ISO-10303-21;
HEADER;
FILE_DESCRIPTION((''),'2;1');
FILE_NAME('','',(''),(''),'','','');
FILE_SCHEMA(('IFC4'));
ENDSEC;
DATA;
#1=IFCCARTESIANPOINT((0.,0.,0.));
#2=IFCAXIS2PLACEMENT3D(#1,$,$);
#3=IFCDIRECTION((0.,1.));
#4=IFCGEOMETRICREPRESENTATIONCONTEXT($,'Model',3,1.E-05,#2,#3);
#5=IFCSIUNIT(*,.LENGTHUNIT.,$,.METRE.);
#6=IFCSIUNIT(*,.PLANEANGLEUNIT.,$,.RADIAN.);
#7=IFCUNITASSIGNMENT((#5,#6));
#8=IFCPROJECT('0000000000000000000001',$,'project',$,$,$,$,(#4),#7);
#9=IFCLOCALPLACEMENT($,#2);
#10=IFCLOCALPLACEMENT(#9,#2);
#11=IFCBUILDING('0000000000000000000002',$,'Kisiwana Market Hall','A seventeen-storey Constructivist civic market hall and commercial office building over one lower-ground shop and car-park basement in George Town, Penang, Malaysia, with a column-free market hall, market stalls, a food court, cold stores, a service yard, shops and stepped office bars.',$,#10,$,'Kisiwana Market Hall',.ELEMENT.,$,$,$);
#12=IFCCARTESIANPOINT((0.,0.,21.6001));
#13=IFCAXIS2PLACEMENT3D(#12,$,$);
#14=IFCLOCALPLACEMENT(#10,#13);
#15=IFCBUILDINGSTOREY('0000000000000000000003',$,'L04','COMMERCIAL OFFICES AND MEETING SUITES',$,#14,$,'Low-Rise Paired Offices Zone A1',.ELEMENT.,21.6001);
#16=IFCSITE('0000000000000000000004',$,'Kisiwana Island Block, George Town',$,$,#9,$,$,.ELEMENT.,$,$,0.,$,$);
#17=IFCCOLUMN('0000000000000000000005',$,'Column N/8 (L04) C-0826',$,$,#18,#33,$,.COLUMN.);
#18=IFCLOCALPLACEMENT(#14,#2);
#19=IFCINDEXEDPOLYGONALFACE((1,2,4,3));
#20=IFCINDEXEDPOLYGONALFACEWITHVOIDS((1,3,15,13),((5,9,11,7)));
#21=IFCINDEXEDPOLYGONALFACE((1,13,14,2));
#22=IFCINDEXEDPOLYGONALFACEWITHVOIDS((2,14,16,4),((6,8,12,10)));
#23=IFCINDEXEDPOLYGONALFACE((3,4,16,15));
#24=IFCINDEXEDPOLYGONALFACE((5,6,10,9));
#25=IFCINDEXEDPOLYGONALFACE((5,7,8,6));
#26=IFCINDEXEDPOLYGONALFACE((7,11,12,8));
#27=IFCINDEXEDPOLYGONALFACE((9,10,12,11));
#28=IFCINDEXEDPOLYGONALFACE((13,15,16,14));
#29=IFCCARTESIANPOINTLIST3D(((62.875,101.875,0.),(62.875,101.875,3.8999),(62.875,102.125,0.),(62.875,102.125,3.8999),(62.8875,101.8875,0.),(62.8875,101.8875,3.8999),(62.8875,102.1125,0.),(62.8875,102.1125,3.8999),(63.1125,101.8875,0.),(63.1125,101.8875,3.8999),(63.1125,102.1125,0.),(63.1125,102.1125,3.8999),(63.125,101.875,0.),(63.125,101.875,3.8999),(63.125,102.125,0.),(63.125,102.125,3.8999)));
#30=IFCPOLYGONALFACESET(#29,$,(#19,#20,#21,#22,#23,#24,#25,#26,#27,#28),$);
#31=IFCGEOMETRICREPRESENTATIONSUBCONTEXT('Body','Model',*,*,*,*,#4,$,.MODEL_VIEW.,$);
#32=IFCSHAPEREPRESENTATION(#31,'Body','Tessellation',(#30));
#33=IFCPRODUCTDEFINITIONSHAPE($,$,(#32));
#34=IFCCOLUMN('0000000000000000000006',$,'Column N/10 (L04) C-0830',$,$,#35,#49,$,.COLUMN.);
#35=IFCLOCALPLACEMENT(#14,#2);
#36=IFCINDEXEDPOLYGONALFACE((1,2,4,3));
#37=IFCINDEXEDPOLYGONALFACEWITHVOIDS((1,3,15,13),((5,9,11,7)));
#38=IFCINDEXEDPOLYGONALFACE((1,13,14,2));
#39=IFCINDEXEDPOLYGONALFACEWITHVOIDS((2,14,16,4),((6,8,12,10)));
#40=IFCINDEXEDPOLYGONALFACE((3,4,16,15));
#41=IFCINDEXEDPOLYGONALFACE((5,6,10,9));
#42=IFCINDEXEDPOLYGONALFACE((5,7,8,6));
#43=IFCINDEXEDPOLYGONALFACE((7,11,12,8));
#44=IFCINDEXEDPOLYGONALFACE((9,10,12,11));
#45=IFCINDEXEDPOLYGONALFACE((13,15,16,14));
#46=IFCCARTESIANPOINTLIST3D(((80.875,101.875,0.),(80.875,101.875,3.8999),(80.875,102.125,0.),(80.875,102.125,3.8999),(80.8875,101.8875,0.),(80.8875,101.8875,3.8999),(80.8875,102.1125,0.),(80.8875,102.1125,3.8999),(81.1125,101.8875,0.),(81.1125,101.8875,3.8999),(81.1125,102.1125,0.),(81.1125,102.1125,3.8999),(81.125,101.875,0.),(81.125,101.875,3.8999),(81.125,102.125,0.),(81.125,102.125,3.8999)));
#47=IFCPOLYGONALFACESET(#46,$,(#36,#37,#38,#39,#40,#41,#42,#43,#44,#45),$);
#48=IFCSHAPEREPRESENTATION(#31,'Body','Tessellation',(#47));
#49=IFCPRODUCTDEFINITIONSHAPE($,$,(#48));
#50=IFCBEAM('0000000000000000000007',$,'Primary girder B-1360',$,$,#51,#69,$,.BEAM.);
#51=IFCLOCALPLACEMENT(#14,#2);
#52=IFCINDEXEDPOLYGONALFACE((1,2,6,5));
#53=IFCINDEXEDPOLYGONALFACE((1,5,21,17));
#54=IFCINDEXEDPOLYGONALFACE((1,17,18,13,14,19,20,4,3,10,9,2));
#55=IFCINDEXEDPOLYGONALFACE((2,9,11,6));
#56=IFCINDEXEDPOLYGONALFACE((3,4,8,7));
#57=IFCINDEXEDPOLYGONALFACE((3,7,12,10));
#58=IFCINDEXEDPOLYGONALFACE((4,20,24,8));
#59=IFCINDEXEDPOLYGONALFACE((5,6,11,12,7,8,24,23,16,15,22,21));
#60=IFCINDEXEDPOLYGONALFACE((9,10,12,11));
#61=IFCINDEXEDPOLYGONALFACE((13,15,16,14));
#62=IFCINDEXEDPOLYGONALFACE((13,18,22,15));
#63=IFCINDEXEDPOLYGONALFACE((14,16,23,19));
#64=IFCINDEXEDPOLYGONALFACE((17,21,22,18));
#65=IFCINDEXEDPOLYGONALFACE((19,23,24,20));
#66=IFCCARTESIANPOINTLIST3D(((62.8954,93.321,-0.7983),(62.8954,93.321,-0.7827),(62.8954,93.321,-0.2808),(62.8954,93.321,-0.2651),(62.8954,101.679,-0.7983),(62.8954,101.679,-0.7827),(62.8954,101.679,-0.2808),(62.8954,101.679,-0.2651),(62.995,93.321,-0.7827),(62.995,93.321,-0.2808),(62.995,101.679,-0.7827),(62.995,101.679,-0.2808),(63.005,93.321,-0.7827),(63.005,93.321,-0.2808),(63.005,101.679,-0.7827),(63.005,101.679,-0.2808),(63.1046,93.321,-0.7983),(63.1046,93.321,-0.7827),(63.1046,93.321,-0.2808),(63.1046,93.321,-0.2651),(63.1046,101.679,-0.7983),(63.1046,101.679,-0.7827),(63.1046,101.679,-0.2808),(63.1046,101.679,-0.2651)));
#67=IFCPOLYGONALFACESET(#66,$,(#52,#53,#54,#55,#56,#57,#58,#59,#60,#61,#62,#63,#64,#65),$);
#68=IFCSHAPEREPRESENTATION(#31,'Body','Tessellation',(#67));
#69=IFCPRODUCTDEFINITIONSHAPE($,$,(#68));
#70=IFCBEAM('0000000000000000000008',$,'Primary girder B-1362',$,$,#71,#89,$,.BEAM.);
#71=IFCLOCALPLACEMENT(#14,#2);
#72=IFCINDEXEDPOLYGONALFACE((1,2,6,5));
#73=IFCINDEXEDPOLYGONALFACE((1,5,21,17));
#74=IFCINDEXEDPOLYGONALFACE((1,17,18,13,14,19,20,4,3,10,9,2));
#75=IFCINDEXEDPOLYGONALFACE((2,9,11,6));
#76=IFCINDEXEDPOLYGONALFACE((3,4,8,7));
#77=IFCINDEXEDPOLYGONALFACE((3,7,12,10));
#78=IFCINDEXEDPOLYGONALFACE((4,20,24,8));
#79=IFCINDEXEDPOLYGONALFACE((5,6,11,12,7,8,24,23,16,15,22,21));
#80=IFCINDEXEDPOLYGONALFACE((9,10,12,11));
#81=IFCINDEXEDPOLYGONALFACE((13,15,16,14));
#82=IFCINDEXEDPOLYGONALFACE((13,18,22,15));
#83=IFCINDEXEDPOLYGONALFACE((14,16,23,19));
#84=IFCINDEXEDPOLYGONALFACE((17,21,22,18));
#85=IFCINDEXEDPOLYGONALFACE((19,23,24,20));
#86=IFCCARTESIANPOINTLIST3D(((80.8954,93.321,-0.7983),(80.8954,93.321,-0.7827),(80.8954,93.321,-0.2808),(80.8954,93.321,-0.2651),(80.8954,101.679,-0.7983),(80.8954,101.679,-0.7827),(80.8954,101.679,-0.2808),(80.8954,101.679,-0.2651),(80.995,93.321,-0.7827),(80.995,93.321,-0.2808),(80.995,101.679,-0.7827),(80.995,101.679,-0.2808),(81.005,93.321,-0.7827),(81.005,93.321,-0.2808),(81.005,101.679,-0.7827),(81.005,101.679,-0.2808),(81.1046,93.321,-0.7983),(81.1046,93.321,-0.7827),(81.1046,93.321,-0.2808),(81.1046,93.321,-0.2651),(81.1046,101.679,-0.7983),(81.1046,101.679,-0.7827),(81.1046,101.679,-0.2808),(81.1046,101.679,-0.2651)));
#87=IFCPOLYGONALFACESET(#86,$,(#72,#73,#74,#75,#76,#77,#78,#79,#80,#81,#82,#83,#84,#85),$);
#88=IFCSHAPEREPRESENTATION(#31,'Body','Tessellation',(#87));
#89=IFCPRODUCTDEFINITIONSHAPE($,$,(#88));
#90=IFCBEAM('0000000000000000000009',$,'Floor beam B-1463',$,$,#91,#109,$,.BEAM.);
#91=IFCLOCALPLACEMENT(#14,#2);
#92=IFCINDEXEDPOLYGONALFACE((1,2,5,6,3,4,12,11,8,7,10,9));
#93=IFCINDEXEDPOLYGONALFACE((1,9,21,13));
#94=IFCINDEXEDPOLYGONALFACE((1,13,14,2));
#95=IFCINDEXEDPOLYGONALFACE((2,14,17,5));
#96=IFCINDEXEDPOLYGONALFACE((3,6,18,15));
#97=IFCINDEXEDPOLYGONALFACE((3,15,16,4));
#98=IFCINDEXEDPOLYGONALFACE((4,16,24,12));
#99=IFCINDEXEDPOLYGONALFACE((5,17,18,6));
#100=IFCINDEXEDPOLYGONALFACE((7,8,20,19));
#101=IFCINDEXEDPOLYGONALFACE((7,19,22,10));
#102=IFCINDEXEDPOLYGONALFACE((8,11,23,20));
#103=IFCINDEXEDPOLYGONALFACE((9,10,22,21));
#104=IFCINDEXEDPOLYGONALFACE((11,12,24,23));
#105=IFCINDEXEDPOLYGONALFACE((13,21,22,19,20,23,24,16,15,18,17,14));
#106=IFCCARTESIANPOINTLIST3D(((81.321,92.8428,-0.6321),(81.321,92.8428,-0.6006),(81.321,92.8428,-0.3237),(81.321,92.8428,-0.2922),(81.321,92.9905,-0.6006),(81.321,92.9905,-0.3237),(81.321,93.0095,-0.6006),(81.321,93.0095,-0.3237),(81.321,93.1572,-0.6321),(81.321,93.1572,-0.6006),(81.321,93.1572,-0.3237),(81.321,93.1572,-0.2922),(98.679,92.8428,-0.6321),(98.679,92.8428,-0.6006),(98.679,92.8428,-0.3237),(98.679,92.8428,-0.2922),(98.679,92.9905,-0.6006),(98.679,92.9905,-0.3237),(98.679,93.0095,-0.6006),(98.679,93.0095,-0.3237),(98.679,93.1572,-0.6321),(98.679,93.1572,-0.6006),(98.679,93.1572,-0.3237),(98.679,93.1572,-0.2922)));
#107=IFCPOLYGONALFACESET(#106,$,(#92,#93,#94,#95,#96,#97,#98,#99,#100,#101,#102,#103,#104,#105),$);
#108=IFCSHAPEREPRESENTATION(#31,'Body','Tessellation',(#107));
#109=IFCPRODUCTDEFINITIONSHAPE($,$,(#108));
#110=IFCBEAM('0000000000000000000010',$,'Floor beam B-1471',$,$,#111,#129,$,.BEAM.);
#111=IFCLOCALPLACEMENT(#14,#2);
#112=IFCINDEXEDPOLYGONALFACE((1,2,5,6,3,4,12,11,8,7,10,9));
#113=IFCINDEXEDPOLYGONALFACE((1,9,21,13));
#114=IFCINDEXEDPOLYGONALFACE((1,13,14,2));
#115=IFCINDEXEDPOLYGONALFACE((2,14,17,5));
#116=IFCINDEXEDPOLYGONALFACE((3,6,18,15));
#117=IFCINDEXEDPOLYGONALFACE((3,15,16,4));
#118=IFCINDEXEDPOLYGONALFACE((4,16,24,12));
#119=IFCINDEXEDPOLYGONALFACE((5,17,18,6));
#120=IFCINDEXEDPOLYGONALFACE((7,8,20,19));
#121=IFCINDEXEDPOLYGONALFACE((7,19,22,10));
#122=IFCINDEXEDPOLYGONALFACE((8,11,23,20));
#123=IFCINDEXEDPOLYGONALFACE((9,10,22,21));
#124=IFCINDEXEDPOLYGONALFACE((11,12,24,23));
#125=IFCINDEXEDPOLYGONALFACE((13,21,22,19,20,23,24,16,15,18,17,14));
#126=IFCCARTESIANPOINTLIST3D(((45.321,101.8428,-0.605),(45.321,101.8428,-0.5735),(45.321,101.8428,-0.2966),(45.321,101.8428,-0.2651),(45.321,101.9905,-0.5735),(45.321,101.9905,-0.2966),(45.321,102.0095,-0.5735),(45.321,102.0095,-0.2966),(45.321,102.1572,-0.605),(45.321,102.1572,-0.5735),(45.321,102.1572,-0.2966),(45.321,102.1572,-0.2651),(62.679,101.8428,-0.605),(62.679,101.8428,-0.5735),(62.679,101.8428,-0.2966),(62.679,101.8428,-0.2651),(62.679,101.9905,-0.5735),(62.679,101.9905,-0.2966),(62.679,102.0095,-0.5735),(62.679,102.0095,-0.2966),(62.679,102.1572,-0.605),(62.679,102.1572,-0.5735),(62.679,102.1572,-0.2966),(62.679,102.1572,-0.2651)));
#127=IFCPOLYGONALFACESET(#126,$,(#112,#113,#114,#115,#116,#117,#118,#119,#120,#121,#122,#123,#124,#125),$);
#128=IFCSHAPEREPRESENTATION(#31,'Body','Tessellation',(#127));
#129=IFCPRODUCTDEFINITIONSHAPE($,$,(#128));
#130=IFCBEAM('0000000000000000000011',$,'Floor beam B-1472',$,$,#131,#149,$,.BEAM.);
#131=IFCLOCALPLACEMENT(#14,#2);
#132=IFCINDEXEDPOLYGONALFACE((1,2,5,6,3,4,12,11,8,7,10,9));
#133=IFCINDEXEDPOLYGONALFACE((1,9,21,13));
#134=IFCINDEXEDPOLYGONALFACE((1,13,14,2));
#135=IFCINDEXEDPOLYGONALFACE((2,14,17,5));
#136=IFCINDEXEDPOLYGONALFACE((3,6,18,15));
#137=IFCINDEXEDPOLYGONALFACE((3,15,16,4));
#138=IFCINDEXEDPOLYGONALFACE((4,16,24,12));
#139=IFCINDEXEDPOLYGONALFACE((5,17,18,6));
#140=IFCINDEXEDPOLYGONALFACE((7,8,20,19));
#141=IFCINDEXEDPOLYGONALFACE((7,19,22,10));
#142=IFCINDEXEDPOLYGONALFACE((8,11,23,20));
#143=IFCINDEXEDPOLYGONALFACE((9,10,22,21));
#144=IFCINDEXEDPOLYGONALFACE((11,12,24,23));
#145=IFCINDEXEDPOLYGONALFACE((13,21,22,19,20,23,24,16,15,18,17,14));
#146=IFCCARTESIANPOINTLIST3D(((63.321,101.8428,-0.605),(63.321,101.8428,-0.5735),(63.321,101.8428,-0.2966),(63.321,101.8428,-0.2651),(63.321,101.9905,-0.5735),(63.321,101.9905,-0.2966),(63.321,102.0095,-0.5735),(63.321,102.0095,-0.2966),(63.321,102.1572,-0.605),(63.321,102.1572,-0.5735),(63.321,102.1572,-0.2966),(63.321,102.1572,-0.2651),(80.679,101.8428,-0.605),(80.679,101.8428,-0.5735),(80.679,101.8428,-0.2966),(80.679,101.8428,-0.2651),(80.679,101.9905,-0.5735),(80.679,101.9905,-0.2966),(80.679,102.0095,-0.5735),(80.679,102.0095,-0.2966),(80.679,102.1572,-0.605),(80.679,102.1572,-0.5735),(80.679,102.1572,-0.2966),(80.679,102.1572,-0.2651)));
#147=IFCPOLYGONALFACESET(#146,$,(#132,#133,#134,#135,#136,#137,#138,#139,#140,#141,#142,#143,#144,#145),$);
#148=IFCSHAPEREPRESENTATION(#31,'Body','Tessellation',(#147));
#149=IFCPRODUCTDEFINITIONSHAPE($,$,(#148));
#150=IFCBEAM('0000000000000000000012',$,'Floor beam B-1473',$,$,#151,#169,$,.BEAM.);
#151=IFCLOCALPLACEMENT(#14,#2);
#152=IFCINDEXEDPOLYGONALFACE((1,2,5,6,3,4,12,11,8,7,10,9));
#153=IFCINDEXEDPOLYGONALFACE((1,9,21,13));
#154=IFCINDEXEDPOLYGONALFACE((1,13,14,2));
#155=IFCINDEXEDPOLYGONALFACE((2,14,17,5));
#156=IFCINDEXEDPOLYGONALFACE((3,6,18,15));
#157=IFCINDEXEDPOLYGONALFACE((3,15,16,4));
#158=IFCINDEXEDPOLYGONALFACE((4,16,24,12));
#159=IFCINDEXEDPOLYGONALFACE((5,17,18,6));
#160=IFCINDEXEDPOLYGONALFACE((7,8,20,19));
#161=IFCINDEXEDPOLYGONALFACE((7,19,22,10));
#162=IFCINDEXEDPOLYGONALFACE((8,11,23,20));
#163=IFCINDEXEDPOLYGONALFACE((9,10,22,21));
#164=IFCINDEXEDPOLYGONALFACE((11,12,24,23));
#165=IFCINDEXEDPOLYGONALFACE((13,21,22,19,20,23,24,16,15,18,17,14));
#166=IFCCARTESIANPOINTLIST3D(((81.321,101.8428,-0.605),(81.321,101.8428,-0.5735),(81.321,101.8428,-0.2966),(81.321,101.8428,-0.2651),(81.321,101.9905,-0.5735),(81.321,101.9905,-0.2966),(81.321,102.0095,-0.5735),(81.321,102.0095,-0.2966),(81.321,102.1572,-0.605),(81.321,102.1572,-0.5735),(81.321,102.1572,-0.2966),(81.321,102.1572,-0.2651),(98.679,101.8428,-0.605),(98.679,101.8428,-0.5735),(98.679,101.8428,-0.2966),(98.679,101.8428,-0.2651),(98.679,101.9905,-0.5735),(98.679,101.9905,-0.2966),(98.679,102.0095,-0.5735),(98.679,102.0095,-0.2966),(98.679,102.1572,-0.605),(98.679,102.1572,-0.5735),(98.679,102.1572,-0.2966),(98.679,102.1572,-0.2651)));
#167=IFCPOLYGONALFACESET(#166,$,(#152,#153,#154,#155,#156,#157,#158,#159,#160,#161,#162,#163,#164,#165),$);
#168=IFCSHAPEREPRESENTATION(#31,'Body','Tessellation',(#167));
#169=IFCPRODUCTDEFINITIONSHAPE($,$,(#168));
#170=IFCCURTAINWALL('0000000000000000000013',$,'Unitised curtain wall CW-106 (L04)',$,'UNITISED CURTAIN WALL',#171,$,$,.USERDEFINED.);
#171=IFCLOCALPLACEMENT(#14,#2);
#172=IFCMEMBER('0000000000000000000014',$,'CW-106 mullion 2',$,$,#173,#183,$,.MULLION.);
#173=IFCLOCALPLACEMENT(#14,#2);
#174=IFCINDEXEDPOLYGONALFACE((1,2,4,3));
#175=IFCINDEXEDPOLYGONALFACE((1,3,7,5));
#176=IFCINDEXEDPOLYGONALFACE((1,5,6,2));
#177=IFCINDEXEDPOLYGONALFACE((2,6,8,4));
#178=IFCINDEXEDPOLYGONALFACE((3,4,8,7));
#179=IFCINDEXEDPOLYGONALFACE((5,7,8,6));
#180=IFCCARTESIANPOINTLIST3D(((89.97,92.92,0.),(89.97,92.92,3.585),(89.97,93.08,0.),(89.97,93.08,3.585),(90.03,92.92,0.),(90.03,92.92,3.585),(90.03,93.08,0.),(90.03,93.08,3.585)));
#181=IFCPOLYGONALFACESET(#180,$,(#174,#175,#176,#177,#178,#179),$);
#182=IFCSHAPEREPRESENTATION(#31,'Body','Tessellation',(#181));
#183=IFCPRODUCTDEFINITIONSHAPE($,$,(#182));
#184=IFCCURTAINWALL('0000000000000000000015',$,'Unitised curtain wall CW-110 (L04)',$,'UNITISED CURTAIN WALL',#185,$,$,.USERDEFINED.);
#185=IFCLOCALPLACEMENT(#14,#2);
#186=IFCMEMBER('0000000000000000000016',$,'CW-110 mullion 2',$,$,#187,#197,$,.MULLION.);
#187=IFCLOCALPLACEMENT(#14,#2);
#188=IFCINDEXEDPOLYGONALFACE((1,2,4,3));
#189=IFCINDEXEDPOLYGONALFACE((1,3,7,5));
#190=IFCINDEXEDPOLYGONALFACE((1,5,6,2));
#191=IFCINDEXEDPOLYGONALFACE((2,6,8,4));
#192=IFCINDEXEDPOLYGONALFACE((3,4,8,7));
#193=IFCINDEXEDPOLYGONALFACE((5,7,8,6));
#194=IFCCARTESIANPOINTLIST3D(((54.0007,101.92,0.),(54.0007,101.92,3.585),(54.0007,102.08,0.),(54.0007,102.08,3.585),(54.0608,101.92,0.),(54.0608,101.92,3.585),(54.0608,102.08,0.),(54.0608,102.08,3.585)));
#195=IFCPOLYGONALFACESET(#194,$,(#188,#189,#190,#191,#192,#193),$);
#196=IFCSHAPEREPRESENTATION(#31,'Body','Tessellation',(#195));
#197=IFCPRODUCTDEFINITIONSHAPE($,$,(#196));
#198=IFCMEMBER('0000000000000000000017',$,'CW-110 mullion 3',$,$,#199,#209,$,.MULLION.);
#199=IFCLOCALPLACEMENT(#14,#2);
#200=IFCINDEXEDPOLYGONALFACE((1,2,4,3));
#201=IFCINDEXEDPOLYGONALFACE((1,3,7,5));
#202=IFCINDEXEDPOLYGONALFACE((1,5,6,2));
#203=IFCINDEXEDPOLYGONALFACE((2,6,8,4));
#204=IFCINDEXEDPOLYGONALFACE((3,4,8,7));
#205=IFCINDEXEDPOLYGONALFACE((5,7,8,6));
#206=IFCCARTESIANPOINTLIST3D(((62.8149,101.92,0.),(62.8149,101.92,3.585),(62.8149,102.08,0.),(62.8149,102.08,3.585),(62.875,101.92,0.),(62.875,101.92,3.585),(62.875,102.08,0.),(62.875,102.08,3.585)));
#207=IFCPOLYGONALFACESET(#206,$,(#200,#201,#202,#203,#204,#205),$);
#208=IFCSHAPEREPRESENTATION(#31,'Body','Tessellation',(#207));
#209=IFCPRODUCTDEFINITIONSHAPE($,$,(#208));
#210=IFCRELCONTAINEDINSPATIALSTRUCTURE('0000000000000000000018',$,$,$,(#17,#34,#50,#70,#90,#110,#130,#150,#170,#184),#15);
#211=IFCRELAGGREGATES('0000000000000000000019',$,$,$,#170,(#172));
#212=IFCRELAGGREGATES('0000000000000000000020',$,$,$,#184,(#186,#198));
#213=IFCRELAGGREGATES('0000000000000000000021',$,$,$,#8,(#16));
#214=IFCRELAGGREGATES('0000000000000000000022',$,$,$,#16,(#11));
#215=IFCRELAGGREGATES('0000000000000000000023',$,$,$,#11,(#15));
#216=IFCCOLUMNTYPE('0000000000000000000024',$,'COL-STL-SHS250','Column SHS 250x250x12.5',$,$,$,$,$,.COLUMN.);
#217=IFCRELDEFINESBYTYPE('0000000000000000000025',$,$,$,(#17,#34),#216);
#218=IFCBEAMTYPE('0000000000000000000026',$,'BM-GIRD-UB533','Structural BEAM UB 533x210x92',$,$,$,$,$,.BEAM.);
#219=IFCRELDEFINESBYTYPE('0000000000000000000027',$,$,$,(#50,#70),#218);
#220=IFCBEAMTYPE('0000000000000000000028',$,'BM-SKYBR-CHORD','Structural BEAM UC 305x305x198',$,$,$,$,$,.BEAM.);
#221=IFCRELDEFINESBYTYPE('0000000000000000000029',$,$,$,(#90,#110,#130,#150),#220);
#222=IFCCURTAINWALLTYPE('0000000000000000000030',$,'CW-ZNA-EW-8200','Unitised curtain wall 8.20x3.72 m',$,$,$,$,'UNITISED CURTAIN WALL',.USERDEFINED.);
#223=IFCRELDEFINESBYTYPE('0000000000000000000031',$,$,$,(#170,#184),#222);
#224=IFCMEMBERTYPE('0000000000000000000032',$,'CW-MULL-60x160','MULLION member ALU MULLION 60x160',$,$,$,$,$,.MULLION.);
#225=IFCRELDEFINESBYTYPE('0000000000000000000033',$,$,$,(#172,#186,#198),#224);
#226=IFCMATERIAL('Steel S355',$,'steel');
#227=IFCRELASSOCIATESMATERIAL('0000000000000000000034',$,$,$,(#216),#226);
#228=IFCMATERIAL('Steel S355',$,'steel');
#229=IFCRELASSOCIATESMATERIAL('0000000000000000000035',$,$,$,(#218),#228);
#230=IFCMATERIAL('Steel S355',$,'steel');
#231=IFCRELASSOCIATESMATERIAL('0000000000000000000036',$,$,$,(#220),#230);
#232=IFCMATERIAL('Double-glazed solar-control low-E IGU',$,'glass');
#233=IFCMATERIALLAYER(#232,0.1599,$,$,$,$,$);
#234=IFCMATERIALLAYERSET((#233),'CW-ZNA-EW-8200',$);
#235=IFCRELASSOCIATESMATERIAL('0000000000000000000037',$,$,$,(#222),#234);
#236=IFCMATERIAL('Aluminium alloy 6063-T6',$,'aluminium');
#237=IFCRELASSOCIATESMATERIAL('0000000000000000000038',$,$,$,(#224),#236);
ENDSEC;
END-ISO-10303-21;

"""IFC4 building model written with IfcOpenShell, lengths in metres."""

from ifc_helpers import new_model, si_unit, direction, frame, origin, origin_2d, place, context, subcontext, project, spatial, rectangle, hollow_rectangle, i_section, extrude, material, layer, layer_set, material_profile, profile_set, type_object, element, aggregate, save


model = new_model("IFC4")

# Units and contexts
model_context = context("Model", 3, precision=1e-05, world=origin(), true_north=direction((0.0, 1.0)))
body_context = subcontext(model_context, "Body", "Model", "MODEL_VIEW")
ifc_project = project(units=[si_unit("LENGTHUNIT", "METRE"), si_unit("PLANEANGLEUNIT", "RADIAN")], contexts=[model_context])

# Site, building, storey
site_placement = place(None, origin())
site = spatial("IfcSite", under=ifc_project, at=site_placement, Name="Kisiwana Island Block, George Town", CompositionType="ELEMENT", RefElevation=0.0)
building_placement = place(site_placement, origin())
building = spatial("IfcBuilding", under=site, at=building_placement, Name="Kisiwana Market Hall", Description="A seventeen-storey Constructivist civic market hall and commercial office building over one lower-ground shop and car-park basement in George Town, Penang, Malaysia, with a column-free market hall, market stalls, a food court, cold stores, a service yard, shops and stepped office bars.", LongName="Kisiwana Market Hall", CompositionType="ELEMENT")
storey_placement = place(building_placement, frame((0.0, 0.0, 21.6001)))
storey = spatial("IfcBuildingStorey", under=building, at=storey_placement, Name="L04", Description="COMMERCIAL OFFICES AND MEETING SUITES", LongName="Low-Rise Paired Offices Zone A1", CompositionType="ELEMENT", Elevation=21.6001)

# Columns
ifc_material_1 = material(Name="Steel S355", Category="steel")
ifc_material_profile_1 = material_profile(ifc_material_1, hollow_rectangle(XDim=0.25, YDim=0.25, WallThickness=0.0125, at=origin_2d()), Name="SHS 250x250x12.5")
ifc_profile_set_1 = profile_set([ifc_material_profile_1], Name="Steel S355")
column_type = type_object("IfcColumnType", Name="COL-STL-SHS250", Description="Column SHS 250x250x12.5", PredefinedType="COLUMN", material=ifc_profile_set_1)
for number, where, z_axis, x_axis, name in (
    (1, (63.0, 102.0, 0.0), (0.0, 0.0, 1.0), (1.0, 0.0, 0.0), "Column N/8 (L04) C-0826"),
    (2, (81.0, 102.0, 0.0), (0.0, 0.0, 1.0), (1.0, 0.0, 0.0), "Column N/10 (L04) C-0830"),
):
    element("IfcColumn", number, at=place(storey_placement, frame(where, z_axis=z_axis, x_axis=x_axis)), inside=storey, type_object=column_type, Name=name, PredefinedType="COLUMN", context=body_context, shape_type="SweptSolid", body=[
        extrude(hollow_rectangle(XDim=0.25, YDim=0.25, WallThickness=0.0125, at=origin_2d()), origin(), (0.0, 0.0, 1.0), 3.8999),
    ])

# Beams
ifc_material_2 = material(Name="Steel S355", Category="steel")
ifc_material_profile_2 = material_profile(ifc_material_2, i_section(OverallWidth=0.2092, OverallDepth=0.5332, WebThickness=0.01, FlangeThickness=0.0156, at=origin_2d()), Name="UB 533x210x92")
ifc_profile_set_2 = profile_set([ifc_material_profile_2], Name="Steel S355")
beam_type_1 = type_object("IfcBeamType", Name="BM-GIRD-UB533", Description="Structural BEAM UB 533x210x92", PredefinedType="BEAM", material=ifc_profile_set_2)
for number, where, z_axis, x_axis, name in (
    (3, (63.0, 93.321, -0.5317), (0.0, 1.0, 0.0), (-1.0, 0.0, 0.0), "Primary girder B-1360"),
    (4, (81.0, 93.321, -0.5317), (0.0, 1.0, 0.0), (-1.0, 0.0, 0.0), "Primary girder B-1362"),
):
    element("IfcBeam", number, at=place(storey_placement, frame(where, z_axis=z_axis, x_axis=x_axis)), inside=storey, type_object=beam_type_1, Name=name, PredefinedType="BEAM", context=body_context, shape_type="SweptSolid", body=[
        extrude(i_section(OverallWidth=0.2092, OverallDepth=0.5332, WebThickness=0.01, FlangeThickness=0.0156, at=origin_2d()), origin(), (0.0, 0.0, 1.0), 8.3579),
    ])
ifc_material_3 = material(Name="Steel S355", Category="steel")
ifc_material_profile_3 = material_profile(ifc_material_3, i_section(OverallWidth=0.3145, OverallDepth=0.3398, WebThickness=0.019, FlangeThickness=0.0315, at=origin_2d()), Name="UC 305x305x198")
ifc_profile_set_3 = profile_set([ifc_material_profile_3], Name="Steel S355")
beam_type_2 = type_object("IfcBeamType", Name="BM-SKYBR-CHORD", Description="Structural BEAM UC 305x305x198", PredefinedType="BEAM", material=ifc_profile_set_3)
for number, where, z_axis, x_axis, name in (
    (5, (81.321, 93.0, -0.4622), (1.0, 0.0, 0.0), (0.0, 1.0, 0.0), "Floor beam B-1463"),
    (6, (45.321, 102.0, -0.4351), (1.0, 0.0, 0.0), (0.0, 1.0, 0.0), "Floor beam B-1471"),
    (7, (63.321, 102.0, -0.4351), (1.0, 0.0, 0.0), (0.0, 1.0, 0.0), "Floor beam B-1472"),
    (8, (81.321, 102.0, -0.4351), (1.0, 0.0, 0.0), (0.0, 1.0, 0.0), "Floor beam B-1473"),
):
    element("IfcBeam", number, at=place(storey_placement, frame(where, z_axis=z_axis, x_axis=x_axis)), inside=storey, type_object=beam_type_2, Name=name, PredefinedType="BEAM", context=body_context, shape_type="SweptSolid", body=[
        extrude(i_section(OverallWidth=0.3145, OverallDepth=0.3398, WebThickness=0.019, FlangeThickness=0.0315, at=origin_2d()), origin(), (0.0, 0.0, 1.0), 17.3579),
    ])

# Curtain wall, member
ifc_material_4 = material(Name="Double-glazed solar-control low-E IGU", Category="glass")
ifc_layer_1 = layer(ifc_material_4, 0.1599)
ifc_layer_set_1 = layer_set([ifc_layer_1], Name="CW-ZNA-EW-8200")
curtain_wall_type = type_object("IfcCurtainWallType", Name="CW-ZNA-EW-8200", Description="Unitised curtain wall 8.20x3.72 m", ElementType="UNITISED CURTAIN WALL", PredefinedType="USERDEFINED", material=ifc_layer_set_1)
curtain_wall_1_placement = place(storey_placement, origin())
curtain_wall_1 = element("IfcCurtainWall", 9, at=curtain_wall_1_placement, inside=storey, type_object=curtain_wall_type, Name="Unitised curtain wall CW-106 (L04)", ObjectType="UNITISED CURTAIN WALL", PredefinedType="USERDEFINED")
ifc_material_5 = material(Name="Aluminium alloy 6063-T6", Category="aluminium")
ifc_material_profile_4 = material_profile(ifc_material_5, rectangle(XDim=0.0601, YDim=0.1599, at=origin_2d()), Name="ALU MULLION 60x160")
ifc_profile_set_4 = profile_set([ifc_material_profile_4], Name="Aluminium alloy 6063-T6")
member_type_1 = type_object("IfcMemberType", Name="CW-MULL-60x160", Description="MULLION member ALU MULLION 60x160", PredefinedType="MULLION", material=ifc_profile_set_4)
member_1_placement = place(storey_placement, frame((90.0, 93.0, 0.0), z_axis=(0.0, 0.0, 1.0), x_axis=(1.0, 0.0, 0.0)))
member_1 = element("IfcMember", 10, at=member_1_placement, type_object=member_type_1, Name="CW-106 mullion 2", PredefinedType="MULLION", context=body_context, shape_type="SweptSolid", body=[
    extrude(rectangle(XDim=0.0601, YDim=0.1599, at=origin_2d()), origin(), (0.0, 0.0, 1.0), 3.585),
])

# Curtain wall, members
curtain_wall_2_placement = place(storey_placement, origin())
curtain_wall_2 = element("IfcCurtainWall", 11, at=curtain_wall_2_placement, inside=storey, type_object=curtain_wall_type, Name="Unitised curtain wall CW-110 (L04)", ObjectType="UNITISED CURTAIN WALL", PredefinedType="USERDEFINED")
member_2_placement = place(storey_placement, frame((54.0308, 102.0, 0.0), z_axis=(0.0, 0.0, 1.0), x_axis=(1.0, 0.0, 0.0)))
member_2 = element("IfcMember", 12, at=member_2_placement, type_object=member_type_1, Name="CW-110 mullion 2", PredefinedType="MULLION", context=body_context, shape_type="SweptSolid", body=[
    extrude(rectangle(XDim=0.0601, YDim=0.1599, at=origin_2d()), origin(), (0.0, 0.0, 1.0), 3.585),
])
member_3_placement = place(storey_placement, frame((62.845, 102.0, 0.0), z_axis=(0.0, 0.0, 1.0), x_axis=(1.0, 0.0, 0.0)))
member_3 = element("IfcMember", 13, at=member_3_placement, type_object=member_type_1, Name="CW-110 mullion 3", PredefinedType="MULLION", context=body_context, shape_type="SweptSolid", body=[
    extrude(rectangle(XDim=0.0601, YDim=0.1599, at=origin_2d()), origin(), (0.0, 0.0, 1.0), 3.585),
])

aggregate(curtain_wall_1, [member_1])
aggregate(curtain_wall_2, [member_2, member_3])

save(model, "model.ifc")
